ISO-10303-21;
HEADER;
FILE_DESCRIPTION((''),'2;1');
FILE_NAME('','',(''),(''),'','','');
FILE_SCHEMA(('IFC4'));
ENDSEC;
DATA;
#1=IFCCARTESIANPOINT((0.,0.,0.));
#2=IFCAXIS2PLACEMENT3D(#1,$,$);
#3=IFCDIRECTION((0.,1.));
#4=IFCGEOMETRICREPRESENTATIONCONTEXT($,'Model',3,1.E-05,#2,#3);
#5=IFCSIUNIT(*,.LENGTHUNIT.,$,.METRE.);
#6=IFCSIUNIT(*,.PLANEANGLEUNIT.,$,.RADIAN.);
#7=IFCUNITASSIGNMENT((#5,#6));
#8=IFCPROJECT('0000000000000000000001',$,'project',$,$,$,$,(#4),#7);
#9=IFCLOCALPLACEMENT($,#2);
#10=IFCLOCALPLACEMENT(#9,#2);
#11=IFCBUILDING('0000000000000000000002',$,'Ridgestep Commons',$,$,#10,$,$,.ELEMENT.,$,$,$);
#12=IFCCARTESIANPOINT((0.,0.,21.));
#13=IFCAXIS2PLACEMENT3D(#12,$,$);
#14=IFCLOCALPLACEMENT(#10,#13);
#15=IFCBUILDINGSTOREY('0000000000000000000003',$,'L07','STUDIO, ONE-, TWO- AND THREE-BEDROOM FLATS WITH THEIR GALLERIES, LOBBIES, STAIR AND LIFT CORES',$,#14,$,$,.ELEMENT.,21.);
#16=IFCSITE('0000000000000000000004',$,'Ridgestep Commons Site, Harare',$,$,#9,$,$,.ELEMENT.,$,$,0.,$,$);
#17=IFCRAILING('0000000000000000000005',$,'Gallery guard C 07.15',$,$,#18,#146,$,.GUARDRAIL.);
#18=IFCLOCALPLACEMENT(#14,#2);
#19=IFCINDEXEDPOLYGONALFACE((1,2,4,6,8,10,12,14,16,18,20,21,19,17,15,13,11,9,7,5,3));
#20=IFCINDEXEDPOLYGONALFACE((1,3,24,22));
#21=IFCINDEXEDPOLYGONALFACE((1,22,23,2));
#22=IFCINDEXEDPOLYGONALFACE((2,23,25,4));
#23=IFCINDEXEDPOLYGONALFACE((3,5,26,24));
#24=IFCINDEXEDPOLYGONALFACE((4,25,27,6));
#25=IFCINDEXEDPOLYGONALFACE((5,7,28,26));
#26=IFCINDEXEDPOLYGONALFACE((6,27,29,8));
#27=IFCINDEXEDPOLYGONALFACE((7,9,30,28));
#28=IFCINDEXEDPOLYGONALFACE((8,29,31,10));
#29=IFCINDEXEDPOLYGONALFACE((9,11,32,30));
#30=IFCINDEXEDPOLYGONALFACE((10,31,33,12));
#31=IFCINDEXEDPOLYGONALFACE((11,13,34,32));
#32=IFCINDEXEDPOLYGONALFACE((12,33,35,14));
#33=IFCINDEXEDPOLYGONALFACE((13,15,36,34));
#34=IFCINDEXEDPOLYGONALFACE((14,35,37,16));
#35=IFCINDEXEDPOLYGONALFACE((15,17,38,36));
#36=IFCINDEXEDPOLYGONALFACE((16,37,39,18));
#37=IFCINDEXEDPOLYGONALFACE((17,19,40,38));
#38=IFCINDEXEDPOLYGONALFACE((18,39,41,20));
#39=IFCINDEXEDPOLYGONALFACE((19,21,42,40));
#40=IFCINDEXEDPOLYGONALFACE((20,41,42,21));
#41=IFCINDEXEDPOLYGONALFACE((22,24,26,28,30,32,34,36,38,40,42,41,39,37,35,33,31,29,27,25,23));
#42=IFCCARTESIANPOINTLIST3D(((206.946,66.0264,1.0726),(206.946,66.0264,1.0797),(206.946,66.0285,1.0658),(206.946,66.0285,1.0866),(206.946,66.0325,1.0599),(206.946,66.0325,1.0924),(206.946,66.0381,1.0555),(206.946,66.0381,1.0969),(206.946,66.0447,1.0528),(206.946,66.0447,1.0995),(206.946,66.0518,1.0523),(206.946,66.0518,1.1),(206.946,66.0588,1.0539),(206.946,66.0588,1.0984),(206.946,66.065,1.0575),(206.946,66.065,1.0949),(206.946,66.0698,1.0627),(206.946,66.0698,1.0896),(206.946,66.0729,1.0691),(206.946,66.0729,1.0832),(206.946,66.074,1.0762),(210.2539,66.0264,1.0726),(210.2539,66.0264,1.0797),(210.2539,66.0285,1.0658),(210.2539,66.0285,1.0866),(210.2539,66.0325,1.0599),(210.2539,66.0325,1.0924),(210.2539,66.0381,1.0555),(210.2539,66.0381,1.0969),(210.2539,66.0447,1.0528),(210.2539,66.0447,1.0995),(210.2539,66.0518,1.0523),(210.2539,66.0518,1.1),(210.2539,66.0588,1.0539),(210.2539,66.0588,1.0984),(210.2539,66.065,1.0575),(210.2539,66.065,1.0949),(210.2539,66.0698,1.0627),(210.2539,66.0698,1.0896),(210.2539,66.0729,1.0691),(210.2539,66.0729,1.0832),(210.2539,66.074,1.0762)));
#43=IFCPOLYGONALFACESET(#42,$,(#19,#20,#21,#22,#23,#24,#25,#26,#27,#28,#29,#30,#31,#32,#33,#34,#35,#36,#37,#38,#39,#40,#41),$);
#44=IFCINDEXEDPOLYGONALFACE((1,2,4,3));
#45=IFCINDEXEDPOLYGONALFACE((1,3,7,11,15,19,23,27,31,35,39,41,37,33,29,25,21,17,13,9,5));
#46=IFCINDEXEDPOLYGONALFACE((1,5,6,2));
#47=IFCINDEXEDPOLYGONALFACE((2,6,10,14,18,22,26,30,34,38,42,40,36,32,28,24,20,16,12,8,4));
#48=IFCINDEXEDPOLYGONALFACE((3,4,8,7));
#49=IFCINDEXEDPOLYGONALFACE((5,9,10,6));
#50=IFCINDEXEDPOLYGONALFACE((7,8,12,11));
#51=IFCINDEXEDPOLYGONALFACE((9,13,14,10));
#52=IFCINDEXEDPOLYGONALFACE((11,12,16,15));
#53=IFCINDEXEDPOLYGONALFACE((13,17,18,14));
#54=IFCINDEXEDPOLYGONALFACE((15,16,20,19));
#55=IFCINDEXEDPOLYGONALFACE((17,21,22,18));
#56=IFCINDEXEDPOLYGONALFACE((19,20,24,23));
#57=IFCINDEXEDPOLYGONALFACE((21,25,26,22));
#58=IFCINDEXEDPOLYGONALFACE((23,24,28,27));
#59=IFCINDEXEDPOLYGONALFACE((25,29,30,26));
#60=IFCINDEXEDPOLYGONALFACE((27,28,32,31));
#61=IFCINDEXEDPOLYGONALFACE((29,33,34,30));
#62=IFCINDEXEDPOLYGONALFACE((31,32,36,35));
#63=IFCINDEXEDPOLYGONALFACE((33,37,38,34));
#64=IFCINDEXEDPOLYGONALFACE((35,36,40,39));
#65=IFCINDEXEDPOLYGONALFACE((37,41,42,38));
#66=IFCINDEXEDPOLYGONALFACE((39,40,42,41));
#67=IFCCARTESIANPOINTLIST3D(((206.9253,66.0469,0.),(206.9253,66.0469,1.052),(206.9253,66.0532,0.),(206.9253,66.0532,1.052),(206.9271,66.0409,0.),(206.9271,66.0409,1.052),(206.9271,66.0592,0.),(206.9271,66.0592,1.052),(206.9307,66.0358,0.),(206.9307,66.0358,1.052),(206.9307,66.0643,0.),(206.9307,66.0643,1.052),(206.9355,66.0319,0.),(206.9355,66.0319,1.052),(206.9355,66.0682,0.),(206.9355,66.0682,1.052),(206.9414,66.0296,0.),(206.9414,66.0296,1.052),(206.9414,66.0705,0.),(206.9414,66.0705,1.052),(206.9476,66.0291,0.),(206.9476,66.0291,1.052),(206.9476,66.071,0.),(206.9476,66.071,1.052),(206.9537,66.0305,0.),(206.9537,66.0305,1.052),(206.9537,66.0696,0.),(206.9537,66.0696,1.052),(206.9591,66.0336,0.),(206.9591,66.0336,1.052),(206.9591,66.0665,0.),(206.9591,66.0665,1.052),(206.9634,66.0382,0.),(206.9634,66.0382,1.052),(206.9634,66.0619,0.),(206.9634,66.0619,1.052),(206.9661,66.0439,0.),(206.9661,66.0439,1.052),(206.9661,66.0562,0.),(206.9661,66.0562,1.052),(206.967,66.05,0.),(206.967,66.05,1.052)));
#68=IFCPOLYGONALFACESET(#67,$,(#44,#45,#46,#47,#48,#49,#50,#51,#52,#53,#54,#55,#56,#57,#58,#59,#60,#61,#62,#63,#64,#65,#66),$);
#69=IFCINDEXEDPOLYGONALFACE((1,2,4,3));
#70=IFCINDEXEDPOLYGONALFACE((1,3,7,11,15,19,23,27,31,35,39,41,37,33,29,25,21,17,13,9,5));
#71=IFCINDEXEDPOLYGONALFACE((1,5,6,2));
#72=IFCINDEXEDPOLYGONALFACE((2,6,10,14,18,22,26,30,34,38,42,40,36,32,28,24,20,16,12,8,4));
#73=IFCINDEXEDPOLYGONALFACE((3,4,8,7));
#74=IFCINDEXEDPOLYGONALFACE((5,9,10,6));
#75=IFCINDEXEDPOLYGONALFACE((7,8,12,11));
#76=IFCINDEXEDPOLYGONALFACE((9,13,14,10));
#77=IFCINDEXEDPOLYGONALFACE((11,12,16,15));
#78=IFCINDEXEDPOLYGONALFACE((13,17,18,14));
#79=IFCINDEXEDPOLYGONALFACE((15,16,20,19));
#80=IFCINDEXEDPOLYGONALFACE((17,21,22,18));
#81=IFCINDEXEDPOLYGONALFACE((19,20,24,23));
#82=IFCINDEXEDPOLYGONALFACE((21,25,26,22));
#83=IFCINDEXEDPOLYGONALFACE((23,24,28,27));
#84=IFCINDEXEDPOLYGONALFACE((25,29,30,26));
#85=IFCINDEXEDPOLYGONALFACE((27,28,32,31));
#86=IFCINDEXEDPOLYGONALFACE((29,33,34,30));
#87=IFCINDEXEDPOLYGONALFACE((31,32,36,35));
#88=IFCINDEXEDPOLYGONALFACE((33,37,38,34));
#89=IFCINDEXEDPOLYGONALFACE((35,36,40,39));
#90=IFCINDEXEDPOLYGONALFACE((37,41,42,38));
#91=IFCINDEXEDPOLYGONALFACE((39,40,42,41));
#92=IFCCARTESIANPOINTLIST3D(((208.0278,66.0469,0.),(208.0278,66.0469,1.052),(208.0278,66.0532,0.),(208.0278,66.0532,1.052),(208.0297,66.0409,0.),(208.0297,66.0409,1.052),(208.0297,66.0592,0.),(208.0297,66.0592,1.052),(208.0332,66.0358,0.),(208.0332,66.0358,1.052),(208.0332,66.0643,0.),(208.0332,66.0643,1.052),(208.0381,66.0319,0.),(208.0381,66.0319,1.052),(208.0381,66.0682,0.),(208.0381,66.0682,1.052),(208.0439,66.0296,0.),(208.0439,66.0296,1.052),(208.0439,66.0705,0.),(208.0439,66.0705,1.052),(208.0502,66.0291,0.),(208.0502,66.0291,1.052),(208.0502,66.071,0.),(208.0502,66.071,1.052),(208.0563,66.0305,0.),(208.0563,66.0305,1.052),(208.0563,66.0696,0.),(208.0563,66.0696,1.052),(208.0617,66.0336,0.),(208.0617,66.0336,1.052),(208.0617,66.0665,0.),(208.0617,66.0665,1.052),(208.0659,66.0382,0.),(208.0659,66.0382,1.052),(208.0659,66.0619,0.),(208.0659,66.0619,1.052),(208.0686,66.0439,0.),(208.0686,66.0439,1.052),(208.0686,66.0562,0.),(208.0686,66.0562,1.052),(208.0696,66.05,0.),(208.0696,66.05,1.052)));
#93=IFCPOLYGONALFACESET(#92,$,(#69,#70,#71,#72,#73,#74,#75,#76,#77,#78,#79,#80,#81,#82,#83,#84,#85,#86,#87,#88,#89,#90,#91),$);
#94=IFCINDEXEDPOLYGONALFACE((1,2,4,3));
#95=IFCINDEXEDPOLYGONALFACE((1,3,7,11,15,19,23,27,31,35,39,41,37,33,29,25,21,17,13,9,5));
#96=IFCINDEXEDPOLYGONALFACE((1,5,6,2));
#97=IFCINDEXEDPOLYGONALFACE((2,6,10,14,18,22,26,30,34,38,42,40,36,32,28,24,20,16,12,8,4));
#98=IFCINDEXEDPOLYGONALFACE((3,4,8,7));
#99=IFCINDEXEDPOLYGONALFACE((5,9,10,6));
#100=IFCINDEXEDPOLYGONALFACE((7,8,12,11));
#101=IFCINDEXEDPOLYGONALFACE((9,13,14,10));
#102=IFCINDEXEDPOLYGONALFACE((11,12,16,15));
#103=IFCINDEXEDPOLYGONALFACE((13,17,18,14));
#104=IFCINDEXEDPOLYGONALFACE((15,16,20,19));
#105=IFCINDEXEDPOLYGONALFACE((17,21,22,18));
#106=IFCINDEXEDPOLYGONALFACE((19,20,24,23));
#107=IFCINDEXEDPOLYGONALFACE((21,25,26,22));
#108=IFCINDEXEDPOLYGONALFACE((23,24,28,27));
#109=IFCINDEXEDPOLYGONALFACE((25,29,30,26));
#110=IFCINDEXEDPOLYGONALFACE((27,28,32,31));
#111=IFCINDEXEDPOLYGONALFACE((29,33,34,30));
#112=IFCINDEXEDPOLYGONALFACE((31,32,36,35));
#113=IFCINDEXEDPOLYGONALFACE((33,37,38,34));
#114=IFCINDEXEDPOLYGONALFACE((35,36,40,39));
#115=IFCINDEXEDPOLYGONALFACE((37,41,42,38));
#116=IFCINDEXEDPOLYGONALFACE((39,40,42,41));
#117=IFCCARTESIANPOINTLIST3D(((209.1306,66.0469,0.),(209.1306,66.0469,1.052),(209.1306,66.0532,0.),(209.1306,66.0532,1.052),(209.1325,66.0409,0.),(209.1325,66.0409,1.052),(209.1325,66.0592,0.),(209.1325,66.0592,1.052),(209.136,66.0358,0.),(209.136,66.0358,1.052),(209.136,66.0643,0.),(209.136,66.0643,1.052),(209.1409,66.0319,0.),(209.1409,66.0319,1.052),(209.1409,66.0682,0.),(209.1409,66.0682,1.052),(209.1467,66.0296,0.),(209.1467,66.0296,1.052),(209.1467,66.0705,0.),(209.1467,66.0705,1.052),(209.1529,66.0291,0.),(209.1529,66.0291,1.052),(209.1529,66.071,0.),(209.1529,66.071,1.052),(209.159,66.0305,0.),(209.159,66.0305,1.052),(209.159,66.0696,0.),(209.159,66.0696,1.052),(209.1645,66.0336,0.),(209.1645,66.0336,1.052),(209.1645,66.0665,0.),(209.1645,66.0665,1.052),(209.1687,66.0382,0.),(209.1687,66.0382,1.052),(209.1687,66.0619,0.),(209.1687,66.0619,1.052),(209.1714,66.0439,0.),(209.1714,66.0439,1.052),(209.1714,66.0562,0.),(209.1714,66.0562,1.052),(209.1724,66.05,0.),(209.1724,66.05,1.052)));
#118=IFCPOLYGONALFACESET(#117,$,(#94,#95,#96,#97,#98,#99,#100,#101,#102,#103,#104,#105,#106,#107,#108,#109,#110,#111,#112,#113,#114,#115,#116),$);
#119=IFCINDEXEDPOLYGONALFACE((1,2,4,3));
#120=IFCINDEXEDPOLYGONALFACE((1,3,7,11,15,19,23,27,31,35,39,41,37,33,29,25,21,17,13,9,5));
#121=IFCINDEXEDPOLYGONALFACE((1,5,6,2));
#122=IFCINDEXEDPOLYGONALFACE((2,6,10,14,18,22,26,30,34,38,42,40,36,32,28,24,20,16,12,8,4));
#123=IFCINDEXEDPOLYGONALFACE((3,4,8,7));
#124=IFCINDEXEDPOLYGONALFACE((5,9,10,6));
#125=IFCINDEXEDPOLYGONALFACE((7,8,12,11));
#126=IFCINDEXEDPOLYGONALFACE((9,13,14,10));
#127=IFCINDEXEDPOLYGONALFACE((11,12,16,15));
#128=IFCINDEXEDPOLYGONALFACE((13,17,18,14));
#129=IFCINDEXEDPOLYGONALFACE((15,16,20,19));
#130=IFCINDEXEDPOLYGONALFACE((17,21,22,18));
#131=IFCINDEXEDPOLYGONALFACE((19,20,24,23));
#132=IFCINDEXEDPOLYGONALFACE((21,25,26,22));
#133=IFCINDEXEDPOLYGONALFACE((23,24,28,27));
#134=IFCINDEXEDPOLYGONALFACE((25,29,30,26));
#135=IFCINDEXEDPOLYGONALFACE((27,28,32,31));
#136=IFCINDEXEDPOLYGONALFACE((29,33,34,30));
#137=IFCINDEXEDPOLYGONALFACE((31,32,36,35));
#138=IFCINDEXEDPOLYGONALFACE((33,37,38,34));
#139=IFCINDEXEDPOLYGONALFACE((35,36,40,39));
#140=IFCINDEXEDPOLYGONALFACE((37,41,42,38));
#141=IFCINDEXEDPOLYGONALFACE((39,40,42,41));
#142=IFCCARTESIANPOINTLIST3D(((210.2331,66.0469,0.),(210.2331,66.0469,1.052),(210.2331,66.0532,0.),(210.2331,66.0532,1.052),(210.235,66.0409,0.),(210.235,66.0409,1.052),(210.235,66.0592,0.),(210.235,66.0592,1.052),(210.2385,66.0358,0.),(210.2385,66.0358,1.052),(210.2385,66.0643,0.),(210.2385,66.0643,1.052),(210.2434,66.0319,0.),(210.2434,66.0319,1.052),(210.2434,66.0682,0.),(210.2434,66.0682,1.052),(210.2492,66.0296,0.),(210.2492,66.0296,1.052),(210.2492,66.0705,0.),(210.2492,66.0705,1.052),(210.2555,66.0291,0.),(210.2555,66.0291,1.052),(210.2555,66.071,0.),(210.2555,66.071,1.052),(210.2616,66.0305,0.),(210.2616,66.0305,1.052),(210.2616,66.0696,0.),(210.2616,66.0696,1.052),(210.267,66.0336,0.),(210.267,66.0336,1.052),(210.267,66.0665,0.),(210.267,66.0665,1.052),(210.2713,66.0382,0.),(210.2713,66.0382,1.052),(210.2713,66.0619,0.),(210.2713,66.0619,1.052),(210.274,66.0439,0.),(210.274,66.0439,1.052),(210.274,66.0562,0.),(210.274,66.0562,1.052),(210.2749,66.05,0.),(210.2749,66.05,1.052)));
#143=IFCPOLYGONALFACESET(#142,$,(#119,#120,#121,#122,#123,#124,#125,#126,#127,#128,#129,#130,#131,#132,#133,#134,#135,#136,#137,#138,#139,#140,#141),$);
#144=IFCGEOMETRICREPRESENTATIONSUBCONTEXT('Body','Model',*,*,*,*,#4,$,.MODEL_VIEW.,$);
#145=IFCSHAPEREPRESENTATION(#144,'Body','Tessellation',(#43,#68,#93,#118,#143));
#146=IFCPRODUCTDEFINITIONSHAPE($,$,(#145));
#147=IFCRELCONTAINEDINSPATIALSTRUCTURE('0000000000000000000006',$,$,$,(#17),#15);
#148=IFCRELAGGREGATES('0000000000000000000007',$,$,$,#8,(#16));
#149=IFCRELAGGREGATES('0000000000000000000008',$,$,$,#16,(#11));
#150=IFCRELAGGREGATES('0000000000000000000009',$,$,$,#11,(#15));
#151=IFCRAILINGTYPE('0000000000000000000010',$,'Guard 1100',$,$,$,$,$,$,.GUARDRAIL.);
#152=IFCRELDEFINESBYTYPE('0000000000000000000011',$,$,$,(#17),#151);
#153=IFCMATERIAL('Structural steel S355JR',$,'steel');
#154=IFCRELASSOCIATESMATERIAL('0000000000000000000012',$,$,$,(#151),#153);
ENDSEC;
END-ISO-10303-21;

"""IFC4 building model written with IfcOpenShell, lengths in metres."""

from ifc_helpers import new_model, si_unit, direction, frame, origin, origin_2d, place, context, subcontext, project, spatial, circle, extrude, material, type_object, element, save


model = new_model("IFC4")

# Units and contexts
model_context = context("Model", 3, precision=1e-05, world=origin(), true_north=direction((0.0, 1.0)))
body_context = subcontext(model_context, "Body", "Model", "MODEL_VIEW")
ifc_project = project(units=[si_unit("LENGTHUNIT", "METRE"), si_unit("PLANEANGLEUNIT", "RADIAN")], contexts=[model_context])

# Site, building, storey
site_placement = place(None, origin())
site = spatial("IfcSite", under=ifc_project, at=site_placement, Name="Ridgestep Commons Site, Harare", CompositionType="ELEMENT", RefElevation=0.0)
building_placement = place(site_placement, origin())
building = spatial("IfcBuilding", under=site, at=building_placement, Name="Ridgestep Commons", CompositionType="ELEMENT")
storey_placement = place(building_placement, frame((0.0, 0.0, 21.0)))
storey = spatial("IfcBuildingStorey", under=building, at=storey_placement, Name="L07", Description="STUDIO, ONE-, TWO- AND THREE-BEDROOM FLATS WITH THEIR GALLERIES, LOBBIES, STAIR AND LIFT CORES", CompositionType="ELEMENT", Elevation=21.0)

# Railing
ifc_material_1 = material(Name="Structural steel S355JR", Category="steel")
railing_type = type_object("IfcRailingType", Name="Guard 1100", PredefinedType="GUARDRAIL", material=ifc_material_1)
railing_1_placement = place(storey_placement, frame((206.946, 66.05, 0.0)))
element("IfcRailing", 1, at=railing_1_placement, inside=storey, type_object=railing_type, Name="Gallery guard C 07.15", PredefinedType="GUARDRAIL", context=body_context, shape_type="SweptSolid", body=[
    extrude(circle(Radius=0.0239, at=origin_2d()), frame((0.0, 0.0, 1.0762), z_axis=(1.0, 0.0, 0.0), x_axis=(0.0, 1.0, 0.0)), (0.0, 0.0, 1.0), 3.3079),
    extrude(circle(Radius=0.021, at=origin_2d()), origin(), (0.0, 0.0, 1.0), 1.052),
    extrude(circle(Radius=0.021, at=origin_2d()), frame((1.1025, 0.0, 0.0)), (0.0, 0.0, 1.0), 1.052),
    extrude(circle(Radius=0.021, at=origin_2d()), frame((2.2053, 0.0, 0.0)), (0.0, 0.0, 1.0), 1.052),
    extrude(circle(Radius=0.021, at=origin_2d()), frame((3.3079, 0.0, 0.0)), (0.0, 0.0, 1.0), 1.052),
])

save(model, "model.ifc")
